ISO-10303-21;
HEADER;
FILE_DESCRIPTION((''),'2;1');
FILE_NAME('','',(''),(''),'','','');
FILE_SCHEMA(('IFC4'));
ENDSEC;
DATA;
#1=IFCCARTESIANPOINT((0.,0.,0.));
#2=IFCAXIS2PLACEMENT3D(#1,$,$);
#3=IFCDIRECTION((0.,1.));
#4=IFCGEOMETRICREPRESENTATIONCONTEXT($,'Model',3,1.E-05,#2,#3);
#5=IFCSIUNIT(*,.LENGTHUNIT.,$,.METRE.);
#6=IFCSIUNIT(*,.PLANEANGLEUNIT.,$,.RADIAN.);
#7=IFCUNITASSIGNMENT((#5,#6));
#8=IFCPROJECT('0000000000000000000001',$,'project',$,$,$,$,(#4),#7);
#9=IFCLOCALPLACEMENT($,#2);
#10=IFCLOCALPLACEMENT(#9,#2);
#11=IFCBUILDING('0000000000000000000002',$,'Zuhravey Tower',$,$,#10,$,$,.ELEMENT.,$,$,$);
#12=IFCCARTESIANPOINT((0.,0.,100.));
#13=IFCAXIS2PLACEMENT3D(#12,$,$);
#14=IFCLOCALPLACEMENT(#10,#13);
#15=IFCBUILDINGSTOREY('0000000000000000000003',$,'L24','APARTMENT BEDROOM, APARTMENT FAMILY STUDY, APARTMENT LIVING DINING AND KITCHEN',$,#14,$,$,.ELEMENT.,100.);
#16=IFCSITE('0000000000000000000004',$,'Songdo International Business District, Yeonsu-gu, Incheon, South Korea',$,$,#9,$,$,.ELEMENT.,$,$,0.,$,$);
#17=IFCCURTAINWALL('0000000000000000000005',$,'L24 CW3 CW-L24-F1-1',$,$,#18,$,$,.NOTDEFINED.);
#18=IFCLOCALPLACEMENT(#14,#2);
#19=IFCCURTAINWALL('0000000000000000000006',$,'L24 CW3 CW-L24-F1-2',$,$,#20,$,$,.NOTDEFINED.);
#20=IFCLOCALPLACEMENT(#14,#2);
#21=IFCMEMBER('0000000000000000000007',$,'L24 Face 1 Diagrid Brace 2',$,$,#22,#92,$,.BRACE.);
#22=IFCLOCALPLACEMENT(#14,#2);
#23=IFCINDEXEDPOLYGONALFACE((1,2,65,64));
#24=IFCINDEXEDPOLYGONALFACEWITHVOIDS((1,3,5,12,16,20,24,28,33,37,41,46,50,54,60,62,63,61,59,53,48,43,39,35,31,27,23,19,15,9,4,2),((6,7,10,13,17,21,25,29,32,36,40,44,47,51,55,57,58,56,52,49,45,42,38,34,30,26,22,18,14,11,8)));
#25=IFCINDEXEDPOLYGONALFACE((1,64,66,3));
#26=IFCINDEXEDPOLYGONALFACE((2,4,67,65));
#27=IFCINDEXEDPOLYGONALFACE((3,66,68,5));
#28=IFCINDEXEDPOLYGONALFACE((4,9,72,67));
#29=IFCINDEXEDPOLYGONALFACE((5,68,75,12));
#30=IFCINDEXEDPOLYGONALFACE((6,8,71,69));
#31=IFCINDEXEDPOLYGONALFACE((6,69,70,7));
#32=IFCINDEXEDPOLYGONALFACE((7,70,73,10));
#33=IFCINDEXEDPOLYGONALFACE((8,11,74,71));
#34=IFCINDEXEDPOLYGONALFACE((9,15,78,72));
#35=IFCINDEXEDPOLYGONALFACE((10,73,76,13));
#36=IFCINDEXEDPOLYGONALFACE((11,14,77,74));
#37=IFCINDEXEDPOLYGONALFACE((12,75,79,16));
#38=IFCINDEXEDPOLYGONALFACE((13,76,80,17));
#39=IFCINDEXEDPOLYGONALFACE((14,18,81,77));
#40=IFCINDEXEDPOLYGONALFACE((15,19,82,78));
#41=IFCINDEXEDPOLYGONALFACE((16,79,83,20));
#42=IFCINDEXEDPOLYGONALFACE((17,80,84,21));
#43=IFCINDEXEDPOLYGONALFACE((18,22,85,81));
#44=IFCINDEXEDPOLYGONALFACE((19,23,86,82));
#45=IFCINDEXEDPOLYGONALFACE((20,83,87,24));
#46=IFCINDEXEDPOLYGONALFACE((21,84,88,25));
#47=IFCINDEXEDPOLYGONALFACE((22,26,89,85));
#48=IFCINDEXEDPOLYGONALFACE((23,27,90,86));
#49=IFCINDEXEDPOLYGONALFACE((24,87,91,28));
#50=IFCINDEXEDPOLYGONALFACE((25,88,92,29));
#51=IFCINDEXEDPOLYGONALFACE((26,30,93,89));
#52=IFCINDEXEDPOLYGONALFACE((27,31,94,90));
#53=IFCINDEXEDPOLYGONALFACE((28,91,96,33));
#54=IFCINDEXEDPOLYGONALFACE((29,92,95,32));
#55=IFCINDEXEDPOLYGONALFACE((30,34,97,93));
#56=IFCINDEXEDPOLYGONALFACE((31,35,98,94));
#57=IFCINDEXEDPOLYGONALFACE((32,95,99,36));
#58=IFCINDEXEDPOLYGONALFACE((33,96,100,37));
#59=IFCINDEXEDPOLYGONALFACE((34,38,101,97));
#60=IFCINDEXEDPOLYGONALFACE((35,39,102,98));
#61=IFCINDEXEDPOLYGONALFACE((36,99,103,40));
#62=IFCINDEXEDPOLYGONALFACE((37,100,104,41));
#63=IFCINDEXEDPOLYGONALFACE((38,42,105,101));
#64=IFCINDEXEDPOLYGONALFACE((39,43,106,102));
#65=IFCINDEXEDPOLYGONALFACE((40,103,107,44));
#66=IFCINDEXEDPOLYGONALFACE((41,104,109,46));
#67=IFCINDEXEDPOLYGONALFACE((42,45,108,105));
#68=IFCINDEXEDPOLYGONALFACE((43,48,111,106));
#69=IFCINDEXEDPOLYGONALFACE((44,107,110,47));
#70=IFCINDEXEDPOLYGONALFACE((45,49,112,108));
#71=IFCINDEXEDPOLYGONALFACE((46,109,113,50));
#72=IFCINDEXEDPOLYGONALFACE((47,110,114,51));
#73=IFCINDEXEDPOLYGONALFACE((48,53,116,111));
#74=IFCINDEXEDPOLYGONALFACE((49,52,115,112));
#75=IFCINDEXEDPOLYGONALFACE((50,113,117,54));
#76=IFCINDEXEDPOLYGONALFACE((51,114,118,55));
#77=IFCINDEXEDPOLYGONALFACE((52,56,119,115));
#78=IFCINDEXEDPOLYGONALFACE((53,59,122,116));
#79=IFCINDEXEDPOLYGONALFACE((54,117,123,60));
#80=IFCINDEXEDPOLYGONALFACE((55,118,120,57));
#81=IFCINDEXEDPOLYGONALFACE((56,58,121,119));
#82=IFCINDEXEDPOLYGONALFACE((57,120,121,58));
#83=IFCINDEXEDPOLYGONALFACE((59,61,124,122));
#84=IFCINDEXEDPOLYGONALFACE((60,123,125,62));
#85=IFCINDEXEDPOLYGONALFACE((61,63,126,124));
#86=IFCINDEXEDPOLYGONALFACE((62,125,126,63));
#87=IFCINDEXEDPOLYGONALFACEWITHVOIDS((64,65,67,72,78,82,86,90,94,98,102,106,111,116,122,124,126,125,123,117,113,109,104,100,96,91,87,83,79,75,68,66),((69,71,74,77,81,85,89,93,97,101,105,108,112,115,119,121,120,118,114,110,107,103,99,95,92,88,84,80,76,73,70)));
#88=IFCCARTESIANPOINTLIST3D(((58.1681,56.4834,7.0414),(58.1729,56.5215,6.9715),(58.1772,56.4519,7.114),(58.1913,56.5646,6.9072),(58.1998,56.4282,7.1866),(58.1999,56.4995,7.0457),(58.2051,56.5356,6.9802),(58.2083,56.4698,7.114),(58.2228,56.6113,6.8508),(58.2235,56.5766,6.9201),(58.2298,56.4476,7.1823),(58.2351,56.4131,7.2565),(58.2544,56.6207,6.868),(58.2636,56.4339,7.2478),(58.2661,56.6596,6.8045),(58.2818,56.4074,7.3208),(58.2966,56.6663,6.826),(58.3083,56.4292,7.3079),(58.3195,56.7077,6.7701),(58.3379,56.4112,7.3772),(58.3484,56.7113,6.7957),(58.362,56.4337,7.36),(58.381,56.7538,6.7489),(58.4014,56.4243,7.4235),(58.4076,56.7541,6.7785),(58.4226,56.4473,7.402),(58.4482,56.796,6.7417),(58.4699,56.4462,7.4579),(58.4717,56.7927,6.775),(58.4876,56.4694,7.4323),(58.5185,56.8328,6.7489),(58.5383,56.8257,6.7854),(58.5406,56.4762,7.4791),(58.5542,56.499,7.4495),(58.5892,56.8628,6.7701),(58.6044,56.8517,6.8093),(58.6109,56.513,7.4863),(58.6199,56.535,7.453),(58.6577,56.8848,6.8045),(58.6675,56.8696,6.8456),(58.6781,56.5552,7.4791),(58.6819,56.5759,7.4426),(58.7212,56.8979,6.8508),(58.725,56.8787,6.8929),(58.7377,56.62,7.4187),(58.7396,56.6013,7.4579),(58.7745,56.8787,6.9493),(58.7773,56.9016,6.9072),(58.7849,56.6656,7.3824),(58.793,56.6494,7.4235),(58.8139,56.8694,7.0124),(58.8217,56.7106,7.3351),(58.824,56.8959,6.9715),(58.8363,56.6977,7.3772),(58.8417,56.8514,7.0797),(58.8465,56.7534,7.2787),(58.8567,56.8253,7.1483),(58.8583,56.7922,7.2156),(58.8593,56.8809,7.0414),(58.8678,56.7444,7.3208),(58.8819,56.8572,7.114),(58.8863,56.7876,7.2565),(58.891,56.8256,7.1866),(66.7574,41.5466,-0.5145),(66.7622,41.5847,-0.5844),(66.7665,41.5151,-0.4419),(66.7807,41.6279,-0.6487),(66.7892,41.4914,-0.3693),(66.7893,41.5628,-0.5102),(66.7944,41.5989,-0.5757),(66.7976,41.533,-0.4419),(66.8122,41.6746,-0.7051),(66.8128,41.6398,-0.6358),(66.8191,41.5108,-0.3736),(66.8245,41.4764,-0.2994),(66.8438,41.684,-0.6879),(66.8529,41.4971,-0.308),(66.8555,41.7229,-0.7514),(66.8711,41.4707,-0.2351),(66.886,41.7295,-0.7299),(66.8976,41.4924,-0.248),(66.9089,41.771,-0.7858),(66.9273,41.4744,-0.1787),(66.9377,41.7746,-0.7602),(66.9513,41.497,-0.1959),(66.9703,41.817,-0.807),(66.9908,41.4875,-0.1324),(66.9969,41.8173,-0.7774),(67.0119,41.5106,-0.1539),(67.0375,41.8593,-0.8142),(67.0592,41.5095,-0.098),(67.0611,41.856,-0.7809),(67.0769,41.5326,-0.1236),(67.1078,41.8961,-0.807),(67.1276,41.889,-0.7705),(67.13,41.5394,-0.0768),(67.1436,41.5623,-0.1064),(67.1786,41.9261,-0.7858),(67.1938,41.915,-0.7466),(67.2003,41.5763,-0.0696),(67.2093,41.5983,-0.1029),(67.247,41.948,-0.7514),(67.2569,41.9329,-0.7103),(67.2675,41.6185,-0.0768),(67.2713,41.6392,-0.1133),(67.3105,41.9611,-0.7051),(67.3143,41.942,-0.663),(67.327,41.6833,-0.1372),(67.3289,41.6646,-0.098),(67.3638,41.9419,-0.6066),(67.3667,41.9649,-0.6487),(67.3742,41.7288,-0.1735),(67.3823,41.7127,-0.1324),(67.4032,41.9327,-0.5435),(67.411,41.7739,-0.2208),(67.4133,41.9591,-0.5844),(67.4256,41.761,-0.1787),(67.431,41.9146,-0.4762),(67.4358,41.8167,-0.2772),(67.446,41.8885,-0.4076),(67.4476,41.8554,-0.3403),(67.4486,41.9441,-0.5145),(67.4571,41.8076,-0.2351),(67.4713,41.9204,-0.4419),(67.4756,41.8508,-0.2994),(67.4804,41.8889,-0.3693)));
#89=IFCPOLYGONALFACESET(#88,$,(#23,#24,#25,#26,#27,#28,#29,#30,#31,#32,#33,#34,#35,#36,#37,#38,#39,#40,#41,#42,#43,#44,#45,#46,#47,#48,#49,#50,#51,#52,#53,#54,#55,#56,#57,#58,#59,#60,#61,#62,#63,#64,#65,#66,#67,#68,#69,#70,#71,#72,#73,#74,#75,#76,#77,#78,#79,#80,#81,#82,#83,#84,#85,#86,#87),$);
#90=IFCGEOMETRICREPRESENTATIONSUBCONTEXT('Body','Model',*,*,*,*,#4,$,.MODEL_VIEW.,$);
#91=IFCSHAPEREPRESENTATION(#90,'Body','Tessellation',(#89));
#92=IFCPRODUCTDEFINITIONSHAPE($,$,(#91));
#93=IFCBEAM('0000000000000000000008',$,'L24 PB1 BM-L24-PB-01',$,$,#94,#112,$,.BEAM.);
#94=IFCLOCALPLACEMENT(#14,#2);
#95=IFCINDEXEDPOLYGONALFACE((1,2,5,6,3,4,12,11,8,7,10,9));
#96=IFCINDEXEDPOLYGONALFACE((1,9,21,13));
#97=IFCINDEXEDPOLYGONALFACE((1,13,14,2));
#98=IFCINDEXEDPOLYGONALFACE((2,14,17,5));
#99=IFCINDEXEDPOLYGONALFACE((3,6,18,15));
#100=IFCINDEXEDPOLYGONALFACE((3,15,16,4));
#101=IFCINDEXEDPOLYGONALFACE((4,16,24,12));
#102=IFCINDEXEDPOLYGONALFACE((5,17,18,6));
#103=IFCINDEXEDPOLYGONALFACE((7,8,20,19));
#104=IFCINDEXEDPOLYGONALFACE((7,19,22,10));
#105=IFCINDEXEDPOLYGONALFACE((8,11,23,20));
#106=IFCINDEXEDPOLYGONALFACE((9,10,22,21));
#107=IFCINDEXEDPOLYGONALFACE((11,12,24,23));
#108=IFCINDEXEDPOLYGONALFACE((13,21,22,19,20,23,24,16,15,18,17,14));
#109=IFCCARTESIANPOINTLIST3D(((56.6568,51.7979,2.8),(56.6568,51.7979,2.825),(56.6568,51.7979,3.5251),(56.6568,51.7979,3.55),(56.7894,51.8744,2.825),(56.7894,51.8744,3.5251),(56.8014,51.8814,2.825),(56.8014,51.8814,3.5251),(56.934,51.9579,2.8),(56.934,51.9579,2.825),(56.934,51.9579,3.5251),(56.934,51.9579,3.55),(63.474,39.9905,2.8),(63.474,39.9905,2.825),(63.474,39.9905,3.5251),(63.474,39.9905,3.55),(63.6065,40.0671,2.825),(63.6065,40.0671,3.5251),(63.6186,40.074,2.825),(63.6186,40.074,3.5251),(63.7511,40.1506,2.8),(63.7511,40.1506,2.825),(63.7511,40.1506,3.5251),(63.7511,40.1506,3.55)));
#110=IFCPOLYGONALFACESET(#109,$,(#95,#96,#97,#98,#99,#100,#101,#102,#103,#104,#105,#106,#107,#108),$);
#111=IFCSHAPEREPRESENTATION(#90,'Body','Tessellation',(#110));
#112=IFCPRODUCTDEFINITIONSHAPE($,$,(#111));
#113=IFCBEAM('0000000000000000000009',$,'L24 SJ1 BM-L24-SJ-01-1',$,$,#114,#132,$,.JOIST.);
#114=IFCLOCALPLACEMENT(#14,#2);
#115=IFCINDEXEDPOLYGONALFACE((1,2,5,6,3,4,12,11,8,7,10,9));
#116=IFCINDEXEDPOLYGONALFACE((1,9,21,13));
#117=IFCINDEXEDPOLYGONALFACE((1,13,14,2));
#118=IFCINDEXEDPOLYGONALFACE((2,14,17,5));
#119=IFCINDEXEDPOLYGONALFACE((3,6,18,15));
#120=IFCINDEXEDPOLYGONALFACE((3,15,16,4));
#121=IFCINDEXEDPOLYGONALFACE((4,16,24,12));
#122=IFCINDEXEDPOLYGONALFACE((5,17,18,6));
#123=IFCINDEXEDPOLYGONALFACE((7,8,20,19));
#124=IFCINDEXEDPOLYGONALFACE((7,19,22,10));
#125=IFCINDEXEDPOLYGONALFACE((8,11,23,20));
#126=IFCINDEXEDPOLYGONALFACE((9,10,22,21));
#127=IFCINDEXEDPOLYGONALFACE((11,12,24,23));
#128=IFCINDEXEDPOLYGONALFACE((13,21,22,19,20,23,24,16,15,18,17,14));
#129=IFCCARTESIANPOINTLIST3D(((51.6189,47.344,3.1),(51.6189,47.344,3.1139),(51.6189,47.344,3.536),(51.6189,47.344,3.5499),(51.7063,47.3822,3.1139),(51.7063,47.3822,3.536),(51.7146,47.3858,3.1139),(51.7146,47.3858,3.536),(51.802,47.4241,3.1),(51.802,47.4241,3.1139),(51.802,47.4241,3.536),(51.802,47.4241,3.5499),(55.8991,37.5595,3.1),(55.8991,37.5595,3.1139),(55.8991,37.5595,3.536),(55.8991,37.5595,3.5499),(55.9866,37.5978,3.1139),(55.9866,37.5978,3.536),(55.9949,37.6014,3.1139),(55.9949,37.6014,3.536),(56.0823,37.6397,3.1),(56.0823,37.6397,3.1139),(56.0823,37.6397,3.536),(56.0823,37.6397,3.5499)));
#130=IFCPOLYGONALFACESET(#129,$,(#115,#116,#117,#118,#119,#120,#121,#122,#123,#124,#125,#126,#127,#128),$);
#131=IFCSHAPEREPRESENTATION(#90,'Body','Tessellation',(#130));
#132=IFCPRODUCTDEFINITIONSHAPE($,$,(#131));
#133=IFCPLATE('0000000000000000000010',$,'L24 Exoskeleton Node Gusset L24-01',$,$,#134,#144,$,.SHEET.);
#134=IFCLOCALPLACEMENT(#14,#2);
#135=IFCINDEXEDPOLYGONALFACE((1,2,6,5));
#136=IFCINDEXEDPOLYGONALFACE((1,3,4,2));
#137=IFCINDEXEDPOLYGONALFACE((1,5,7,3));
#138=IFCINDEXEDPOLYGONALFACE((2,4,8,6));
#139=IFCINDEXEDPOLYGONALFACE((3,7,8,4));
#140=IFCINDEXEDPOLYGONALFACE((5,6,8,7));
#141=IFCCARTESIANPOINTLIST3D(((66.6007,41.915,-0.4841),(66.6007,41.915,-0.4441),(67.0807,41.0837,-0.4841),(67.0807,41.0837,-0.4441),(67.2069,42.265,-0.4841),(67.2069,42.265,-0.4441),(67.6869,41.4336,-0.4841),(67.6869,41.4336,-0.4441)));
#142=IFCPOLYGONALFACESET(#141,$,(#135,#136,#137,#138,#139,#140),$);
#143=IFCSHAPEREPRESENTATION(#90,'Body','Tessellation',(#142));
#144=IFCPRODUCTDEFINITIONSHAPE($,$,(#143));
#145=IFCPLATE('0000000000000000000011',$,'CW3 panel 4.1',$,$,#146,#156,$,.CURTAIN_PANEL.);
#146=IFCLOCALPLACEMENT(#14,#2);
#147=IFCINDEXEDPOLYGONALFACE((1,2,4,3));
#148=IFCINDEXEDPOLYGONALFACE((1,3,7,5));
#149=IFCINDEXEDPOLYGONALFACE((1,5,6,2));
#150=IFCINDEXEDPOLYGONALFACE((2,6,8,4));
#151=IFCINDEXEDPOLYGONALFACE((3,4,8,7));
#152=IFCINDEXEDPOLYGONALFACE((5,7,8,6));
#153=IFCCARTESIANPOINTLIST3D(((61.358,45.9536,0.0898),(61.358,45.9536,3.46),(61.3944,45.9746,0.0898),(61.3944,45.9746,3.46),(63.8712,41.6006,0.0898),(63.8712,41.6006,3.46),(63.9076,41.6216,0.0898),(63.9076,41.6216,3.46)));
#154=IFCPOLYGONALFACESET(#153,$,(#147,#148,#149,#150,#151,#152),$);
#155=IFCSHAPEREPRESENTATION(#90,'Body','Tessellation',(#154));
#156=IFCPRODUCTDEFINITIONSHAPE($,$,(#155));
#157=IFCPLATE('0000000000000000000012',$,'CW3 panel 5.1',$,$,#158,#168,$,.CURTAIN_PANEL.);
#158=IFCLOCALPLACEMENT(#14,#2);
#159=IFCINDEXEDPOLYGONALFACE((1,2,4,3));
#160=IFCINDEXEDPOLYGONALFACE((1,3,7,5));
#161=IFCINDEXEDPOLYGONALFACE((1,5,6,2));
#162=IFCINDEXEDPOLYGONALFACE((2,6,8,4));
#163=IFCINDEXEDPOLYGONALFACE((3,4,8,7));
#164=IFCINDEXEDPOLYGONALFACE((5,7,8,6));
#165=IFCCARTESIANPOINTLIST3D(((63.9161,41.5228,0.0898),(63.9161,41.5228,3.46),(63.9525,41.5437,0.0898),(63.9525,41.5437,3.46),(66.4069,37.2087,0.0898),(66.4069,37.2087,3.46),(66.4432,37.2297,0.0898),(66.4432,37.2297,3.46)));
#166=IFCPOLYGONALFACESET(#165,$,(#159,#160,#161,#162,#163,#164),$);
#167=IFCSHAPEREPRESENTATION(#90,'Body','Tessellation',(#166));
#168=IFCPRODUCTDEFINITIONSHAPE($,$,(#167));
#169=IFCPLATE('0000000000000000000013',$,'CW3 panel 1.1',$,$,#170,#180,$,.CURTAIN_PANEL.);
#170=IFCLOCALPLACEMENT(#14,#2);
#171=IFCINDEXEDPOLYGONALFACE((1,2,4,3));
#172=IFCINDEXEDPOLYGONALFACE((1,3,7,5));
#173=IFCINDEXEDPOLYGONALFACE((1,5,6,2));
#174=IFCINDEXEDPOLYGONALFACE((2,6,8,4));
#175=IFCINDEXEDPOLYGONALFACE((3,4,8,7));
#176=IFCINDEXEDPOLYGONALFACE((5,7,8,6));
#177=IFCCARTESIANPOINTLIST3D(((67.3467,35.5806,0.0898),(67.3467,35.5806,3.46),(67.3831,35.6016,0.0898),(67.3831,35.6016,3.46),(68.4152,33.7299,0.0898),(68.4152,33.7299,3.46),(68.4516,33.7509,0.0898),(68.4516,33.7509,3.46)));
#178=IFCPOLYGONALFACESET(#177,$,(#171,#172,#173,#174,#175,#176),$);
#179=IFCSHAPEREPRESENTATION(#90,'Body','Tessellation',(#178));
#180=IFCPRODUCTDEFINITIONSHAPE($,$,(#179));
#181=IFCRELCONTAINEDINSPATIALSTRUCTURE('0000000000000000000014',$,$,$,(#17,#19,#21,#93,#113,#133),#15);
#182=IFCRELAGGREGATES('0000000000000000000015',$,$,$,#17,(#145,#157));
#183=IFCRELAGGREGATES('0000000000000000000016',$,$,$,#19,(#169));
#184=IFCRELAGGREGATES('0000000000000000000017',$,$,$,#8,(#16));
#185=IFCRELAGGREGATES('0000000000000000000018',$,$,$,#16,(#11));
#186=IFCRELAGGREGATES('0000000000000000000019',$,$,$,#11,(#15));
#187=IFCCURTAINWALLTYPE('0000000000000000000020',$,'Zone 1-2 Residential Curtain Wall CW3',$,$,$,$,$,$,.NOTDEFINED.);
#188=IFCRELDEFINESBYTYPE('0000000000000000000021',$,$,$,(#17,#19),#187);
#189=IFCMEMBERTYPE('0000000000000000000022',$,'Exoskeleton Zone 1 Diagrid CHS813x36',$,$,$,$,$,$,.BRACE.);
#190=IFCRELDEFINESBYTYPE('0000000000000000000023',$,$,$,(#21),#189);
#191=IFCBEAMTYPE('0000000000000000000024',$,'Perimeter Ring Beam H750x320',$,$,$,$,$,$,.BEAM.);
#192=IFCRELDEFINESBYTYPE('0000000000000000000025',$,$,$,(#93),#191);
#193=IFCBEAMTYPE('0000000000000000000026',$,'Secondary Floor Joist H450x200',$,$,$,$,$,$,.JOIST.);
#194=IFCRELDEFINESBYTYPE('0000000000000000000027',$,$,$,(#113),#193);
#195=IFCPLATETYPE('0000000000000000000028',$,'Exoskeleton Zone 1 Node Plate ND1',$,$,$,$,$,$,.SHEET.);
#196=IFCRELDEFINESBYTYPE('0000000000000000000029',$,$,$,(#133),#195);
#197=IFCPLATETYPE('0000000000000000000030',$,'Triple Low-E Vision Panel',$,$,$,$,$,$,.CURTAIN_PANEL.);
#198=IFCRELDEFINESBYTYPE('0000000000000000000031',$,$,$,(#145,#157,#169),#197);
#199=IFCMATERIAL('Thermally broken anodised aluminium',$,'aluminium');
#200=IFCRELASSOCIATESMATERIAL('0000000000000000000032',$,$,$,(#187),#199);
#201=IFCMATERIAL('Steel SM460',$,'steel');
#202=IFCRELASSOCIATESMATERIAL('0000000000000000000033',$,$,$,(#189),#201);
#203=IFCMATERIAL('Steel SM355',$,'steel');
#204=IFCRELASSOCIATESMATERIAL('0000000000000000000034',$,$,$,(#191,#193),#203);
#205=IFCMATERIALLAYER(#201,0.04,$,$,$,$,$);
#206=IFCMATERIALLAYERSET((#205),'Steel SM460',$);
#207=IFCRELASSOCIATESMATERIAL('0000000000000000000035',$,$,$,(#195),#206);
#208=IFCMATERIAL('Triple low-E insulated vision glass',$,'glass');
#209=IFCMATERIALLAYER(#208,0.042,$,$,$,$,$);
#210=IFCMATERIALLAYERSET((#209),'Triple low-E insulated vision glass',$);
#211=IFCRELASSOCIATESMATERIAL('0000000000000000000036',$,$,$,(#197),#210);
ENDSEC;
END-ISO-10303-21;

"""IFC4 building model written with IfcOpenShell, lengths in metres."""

from ifc_helpers import new_model, si_unit, direction, frame, origin, origin_2d, place, context, subcontext, project, spatial, rectangle, hollow_circle, i_section, extrude, material, layer, layer_set, material_profile, profile_set, type_object, element, aggregate, save


model = new_model("IFC4")

# Units and contexts
model_context = context("Model", 3, precision=1e-05, world=origin(), true_north=direction((0.0, 1.0)))
body_context = subcontext(model_context, "Body", "Model", "MODEL_VIEW")
ifc_project = project(units=[si_unit("LENGTHUNIT", "METRE"), si_unit("PLANEANGLEUNIT", "RADIAN")], contexts=[model_context])

# Site, building, storey
site_placement = place(None, origin())
site = spatial("IfcSite", under=ifc_project, at=site_placement, Name="Songdo International Business District, Yeonsu-gu, Incheon, South Korea", CompositionType="ELEMENT", RefElevation=0.0)
building_placement = place(site_placement, origin())
building = spatial("IfcBuilding", under=site, at=building_placement, Name="Zuhravey Tower", CompositionType="ELEMENT")
storey_placement = place(building_placement, frame((0.0, 0.0, 100.0)))
storey = spatial("IfcBuildingStorey", under=building, at=storey_placement, Name="L24", Description="APARTMENT BEDROOM, APARTMENT FAMILY STUDY, APARTMENT LIVING DINING AND KITCHEN", CompositionType="ELEMENT", Elevation=100.0)

# Curtain wall
ifc_material_1 = material(Name="Thermally broken anodised aluminium", Category="aluminium")
curtain_wall_type = type_object("IfcCurtainWallType", Name="Zone 1-2 Residential Curtain Wall CW3", PredefinedType="NOTDEFINED", material=ifc_material_1)
curtain_wall_1_placement = place(storey_placement, origin())
curtain_wall_1 = element("IfcCurtainWall", 1, at=curtain_wall_1_placement, inside=storey, type_object=curtain_wall_type, Name="L24 CW3 CW-L24-F1-1", PredefinedType="NOTDEFINED")

# Curtain wall
curtain_wall_2_placement = place(storey_placement, origin())
curtain_wall_2 = element("IfcCurtainWall", 2, at=curtain_wall_2_placement, inside=storey, type_object=curtain_wall_type, Name="L24 CW3 CW-L24-F1-2", PredefinedType="NOTDEFINED")

# Member
ifc_material_2 = material(Name="Steel SM355", Category="steel")
ifc_material_3 = material(Name="Steel SM460", Category="steel")
ifc_material_profile_1 = material_profile(ifc_material_3, hollow_circle(Radius=0.4065, WallThickness=0.0359, at=origin_2d()), Name="CHS-812.8x36")
ifc_profile_set_1 = profile_set([ifc_material_profile_1], Name="Steel SM460")
member_type_1 = type_object("IfcMemberType", Name="Exoskeleton Zone 1 Diagrid CHS813x36", PredefinedType="BRACE", material=ifc_profile_set_1)
member_1_placement = place(storey_placement, frame((67.1189, 41.7178, -0.4419), z_axis=(-0.456535, 0.793907, 0.401606), x_axis=(-0.866888, -0.498502, 0.0)))
element("IfcMember", 3, at=member_1_placement, inside=storey, type_object=member_type_1, Name="L24 Face 1 Diagrid Brace 2", PredefinedType="BRACE", context=body_context, shape_type="SweptSolid", body=[
    extrude(hollow_circle(Radius=0.4065, WallThickness=0.0359, at=origin_2d()), origin(), (0.0, 0.0, 1.0), 18.8142),
])

# Beams
ifc_material_profile_2 = material_profile(ifc_material_2, i_section(OverallWidth=0.3201, OverallDepth=0.75, WebThickness=0.0139, FlangeThickness=0.0249, at=origin_2d()), Name="H-750x320x14x25")
ifc_profile_set_2 = profile_set([ifc_material_profile_2], Name="Steel SM355")
beam_type_1 = type_object("IfcBeamType", Name="Perimeter Ring Beam H750x320", PredefinedType="BEAM", material=ifc_profile_set_2)
beam_1_placement = place(storey_placement, frame((63.6125, 40.0706, 3.175), z_axis=(-0.500008, 0.866021, 0.0), x_axis=(-0.866021, -0.500008, 0.0)))
element("IfcBeam", 4, at=beam_1_placement, inside=storey, type_object=beam_type_1, Name="L24 PB1 BM-L24-PB-01", PredefinedType="BEAM", context=body_context, shape_type="SweptSolid", body=[
    extrude(i_section(OverallWidth=0.3201, OverallDepth=0.75, WebThickness=0.0139, FlangeThickness=0.0249, at=origin_2d()), origin(), (0.0, 0.0, 1.0), 13.634),
])
ifc_material_profile_3 = material_profile(ifc_material_2, i_section(OverallWidth=0.2, OverallDepth=0.45, WebThickness=0.009, FlangeThickness=0.0139, at=origin_2d()), Name="H-450x200x9x14")
ifc_profile_set_3 = profile_set([ifc_material_profile_3], Name="Steel SM355")
beam_type_2 = type_object("IfcBeamType", Name="Secondary Floor Joist H450x200", PredefinedType="JOIST", material=ifc_profile_set_3)
beam_2_placement = place(storey_placement, frame((55.9907, 37.5996, 3.325), z_axis=(-0.400786, 0.916172, 0.0), x_axis=(-0.916172, -0.400786, 0.0)))
element("IfcBeam", 5, at=beam_2_placement, inside=storey, type_object=beam_type_2, Name="L24 SJ1 BM-L24-SJ-01-1", PredefinedType="JOIST", context=body_context, shape_type="SweptSolid", body=[
    extrude(i_section(OverallWidth=0.2, OverallDepth=0.45, WebThickness=0.009, FlangeThickness=0.0139, at=origin_2d()), origin(), (0.0, 0.0, 1.0), 10.6797),
])

# Plates
ifc_layer_1 = layer(ifc_material_3, 0.04)
ifc_layer_set_1 = layer_set([ifc_layer_1], Name="Steel SM460")
plate_type_1 = type_object("IfcPlateType", Name="Exoskeleton Zone 1 Node Plate ND1", PredefinedType="SHEET", material=ifc_layer_set_1)
plate_1_placement = place(storey_placement, frame((67.1438, 41.6743, -0.4841), z_axis=(0.0, 0.0, 1.0), x_axis=(-0.5, 0.866025, 0.0)))
element("IfcPlate", 6, at=plate_1_placement, inside=storey, type_object=plate_type_1, Name="L24 Exoskeleton Node Gusset L24-01", PredefinedType="SHEET", context=body_context, shape_type="SweptSolid", body=[
    extrude(rectangle(XDim=0.96, YDim=0.7, at=origin_2d()), origin(), (0.0, 0.0, 1.0), 0.04),
])
ifc_material_4 = material(Name="Triple low-E insulated vision glass", Category="glass")
ifc_layer_2 = layer(ifc_material_4, 0.042)
ifc_layer_set_2 = layer_set([ifc_layer_2], Name="Triple low-E insulated vision glass")
plate_type_2 = type_object("IfcPlateType", Name="Triple Low-E Vision Panel", PredefinedType="CURTAIN_PANEL", material=ifc_layer_set_2)
plate_2_placement = place(storey_placement, frame((62.6328, 43.7876, 0.0898), z_axis=(0.0, 0.0, 1.0), x_axis=(0.499999, -0.866026, 0.0)))
plate_2 = element("IfcPlate", 7, at=plate_2_placement, type_object=plate_type_2, Name="CW3 panel 4.1", PredefinedType="CURTAIN_PANEL", context=body_context, shape_type="SweptSolid", body=[
    extrude(rectangle(XDim=5.0264, YDim=0.042, at=origin_2d()), origin(), (0.0, 0.0, 1.0), 3.3701),
])
plate_3_placement = place(storey_placement, frame((65.1797, 39.3762, 0.0898), z_axis=(0.0, 0.0, 1.0), x_axis=(0.499999, -0.866026, 0.0)))
plate_3 = element("IfcPlate", 8, at=plate_3_placement, type_object=plate_type_2, Name="CW3 panel 5.1", PredefinedType="CURTAIN_PANEL", context=body_context, shape_type="SweptSolid", body=[
    extrude(rectangle(XDim=4.9814, YDim=0.042, at=origin_2d()), origin(), (0.0, 0.0, 1.0), 3.3701),
])
aggregate(curtain_wall_1, [plate_2, plate_3])
plate_4_placement = place(storey_placement, frame((67.8992, 34.6658, 0.0898), z_axis=(0.0, 0.0, 1.0), x_axis=(0.499996, -0.866027, 0.0)))
plate_4 = element("IfcPlate", 9, at=plate_4_placement, type_object=plate_type_2, Name="CW3 panel 1.1", PredefinedType="CURTAIN_PANEL", context=body_context, shape_type="SweptSolid", body=[
    extrude(rectangle(XDim=2.137, YDim=0.042, at=origin_2d()), origin(), (0.0, 0.0, 1.0), 3.3701),
])
aggregate(curtain_wall_2, [plate_4])

save(model, "model.ifc")
